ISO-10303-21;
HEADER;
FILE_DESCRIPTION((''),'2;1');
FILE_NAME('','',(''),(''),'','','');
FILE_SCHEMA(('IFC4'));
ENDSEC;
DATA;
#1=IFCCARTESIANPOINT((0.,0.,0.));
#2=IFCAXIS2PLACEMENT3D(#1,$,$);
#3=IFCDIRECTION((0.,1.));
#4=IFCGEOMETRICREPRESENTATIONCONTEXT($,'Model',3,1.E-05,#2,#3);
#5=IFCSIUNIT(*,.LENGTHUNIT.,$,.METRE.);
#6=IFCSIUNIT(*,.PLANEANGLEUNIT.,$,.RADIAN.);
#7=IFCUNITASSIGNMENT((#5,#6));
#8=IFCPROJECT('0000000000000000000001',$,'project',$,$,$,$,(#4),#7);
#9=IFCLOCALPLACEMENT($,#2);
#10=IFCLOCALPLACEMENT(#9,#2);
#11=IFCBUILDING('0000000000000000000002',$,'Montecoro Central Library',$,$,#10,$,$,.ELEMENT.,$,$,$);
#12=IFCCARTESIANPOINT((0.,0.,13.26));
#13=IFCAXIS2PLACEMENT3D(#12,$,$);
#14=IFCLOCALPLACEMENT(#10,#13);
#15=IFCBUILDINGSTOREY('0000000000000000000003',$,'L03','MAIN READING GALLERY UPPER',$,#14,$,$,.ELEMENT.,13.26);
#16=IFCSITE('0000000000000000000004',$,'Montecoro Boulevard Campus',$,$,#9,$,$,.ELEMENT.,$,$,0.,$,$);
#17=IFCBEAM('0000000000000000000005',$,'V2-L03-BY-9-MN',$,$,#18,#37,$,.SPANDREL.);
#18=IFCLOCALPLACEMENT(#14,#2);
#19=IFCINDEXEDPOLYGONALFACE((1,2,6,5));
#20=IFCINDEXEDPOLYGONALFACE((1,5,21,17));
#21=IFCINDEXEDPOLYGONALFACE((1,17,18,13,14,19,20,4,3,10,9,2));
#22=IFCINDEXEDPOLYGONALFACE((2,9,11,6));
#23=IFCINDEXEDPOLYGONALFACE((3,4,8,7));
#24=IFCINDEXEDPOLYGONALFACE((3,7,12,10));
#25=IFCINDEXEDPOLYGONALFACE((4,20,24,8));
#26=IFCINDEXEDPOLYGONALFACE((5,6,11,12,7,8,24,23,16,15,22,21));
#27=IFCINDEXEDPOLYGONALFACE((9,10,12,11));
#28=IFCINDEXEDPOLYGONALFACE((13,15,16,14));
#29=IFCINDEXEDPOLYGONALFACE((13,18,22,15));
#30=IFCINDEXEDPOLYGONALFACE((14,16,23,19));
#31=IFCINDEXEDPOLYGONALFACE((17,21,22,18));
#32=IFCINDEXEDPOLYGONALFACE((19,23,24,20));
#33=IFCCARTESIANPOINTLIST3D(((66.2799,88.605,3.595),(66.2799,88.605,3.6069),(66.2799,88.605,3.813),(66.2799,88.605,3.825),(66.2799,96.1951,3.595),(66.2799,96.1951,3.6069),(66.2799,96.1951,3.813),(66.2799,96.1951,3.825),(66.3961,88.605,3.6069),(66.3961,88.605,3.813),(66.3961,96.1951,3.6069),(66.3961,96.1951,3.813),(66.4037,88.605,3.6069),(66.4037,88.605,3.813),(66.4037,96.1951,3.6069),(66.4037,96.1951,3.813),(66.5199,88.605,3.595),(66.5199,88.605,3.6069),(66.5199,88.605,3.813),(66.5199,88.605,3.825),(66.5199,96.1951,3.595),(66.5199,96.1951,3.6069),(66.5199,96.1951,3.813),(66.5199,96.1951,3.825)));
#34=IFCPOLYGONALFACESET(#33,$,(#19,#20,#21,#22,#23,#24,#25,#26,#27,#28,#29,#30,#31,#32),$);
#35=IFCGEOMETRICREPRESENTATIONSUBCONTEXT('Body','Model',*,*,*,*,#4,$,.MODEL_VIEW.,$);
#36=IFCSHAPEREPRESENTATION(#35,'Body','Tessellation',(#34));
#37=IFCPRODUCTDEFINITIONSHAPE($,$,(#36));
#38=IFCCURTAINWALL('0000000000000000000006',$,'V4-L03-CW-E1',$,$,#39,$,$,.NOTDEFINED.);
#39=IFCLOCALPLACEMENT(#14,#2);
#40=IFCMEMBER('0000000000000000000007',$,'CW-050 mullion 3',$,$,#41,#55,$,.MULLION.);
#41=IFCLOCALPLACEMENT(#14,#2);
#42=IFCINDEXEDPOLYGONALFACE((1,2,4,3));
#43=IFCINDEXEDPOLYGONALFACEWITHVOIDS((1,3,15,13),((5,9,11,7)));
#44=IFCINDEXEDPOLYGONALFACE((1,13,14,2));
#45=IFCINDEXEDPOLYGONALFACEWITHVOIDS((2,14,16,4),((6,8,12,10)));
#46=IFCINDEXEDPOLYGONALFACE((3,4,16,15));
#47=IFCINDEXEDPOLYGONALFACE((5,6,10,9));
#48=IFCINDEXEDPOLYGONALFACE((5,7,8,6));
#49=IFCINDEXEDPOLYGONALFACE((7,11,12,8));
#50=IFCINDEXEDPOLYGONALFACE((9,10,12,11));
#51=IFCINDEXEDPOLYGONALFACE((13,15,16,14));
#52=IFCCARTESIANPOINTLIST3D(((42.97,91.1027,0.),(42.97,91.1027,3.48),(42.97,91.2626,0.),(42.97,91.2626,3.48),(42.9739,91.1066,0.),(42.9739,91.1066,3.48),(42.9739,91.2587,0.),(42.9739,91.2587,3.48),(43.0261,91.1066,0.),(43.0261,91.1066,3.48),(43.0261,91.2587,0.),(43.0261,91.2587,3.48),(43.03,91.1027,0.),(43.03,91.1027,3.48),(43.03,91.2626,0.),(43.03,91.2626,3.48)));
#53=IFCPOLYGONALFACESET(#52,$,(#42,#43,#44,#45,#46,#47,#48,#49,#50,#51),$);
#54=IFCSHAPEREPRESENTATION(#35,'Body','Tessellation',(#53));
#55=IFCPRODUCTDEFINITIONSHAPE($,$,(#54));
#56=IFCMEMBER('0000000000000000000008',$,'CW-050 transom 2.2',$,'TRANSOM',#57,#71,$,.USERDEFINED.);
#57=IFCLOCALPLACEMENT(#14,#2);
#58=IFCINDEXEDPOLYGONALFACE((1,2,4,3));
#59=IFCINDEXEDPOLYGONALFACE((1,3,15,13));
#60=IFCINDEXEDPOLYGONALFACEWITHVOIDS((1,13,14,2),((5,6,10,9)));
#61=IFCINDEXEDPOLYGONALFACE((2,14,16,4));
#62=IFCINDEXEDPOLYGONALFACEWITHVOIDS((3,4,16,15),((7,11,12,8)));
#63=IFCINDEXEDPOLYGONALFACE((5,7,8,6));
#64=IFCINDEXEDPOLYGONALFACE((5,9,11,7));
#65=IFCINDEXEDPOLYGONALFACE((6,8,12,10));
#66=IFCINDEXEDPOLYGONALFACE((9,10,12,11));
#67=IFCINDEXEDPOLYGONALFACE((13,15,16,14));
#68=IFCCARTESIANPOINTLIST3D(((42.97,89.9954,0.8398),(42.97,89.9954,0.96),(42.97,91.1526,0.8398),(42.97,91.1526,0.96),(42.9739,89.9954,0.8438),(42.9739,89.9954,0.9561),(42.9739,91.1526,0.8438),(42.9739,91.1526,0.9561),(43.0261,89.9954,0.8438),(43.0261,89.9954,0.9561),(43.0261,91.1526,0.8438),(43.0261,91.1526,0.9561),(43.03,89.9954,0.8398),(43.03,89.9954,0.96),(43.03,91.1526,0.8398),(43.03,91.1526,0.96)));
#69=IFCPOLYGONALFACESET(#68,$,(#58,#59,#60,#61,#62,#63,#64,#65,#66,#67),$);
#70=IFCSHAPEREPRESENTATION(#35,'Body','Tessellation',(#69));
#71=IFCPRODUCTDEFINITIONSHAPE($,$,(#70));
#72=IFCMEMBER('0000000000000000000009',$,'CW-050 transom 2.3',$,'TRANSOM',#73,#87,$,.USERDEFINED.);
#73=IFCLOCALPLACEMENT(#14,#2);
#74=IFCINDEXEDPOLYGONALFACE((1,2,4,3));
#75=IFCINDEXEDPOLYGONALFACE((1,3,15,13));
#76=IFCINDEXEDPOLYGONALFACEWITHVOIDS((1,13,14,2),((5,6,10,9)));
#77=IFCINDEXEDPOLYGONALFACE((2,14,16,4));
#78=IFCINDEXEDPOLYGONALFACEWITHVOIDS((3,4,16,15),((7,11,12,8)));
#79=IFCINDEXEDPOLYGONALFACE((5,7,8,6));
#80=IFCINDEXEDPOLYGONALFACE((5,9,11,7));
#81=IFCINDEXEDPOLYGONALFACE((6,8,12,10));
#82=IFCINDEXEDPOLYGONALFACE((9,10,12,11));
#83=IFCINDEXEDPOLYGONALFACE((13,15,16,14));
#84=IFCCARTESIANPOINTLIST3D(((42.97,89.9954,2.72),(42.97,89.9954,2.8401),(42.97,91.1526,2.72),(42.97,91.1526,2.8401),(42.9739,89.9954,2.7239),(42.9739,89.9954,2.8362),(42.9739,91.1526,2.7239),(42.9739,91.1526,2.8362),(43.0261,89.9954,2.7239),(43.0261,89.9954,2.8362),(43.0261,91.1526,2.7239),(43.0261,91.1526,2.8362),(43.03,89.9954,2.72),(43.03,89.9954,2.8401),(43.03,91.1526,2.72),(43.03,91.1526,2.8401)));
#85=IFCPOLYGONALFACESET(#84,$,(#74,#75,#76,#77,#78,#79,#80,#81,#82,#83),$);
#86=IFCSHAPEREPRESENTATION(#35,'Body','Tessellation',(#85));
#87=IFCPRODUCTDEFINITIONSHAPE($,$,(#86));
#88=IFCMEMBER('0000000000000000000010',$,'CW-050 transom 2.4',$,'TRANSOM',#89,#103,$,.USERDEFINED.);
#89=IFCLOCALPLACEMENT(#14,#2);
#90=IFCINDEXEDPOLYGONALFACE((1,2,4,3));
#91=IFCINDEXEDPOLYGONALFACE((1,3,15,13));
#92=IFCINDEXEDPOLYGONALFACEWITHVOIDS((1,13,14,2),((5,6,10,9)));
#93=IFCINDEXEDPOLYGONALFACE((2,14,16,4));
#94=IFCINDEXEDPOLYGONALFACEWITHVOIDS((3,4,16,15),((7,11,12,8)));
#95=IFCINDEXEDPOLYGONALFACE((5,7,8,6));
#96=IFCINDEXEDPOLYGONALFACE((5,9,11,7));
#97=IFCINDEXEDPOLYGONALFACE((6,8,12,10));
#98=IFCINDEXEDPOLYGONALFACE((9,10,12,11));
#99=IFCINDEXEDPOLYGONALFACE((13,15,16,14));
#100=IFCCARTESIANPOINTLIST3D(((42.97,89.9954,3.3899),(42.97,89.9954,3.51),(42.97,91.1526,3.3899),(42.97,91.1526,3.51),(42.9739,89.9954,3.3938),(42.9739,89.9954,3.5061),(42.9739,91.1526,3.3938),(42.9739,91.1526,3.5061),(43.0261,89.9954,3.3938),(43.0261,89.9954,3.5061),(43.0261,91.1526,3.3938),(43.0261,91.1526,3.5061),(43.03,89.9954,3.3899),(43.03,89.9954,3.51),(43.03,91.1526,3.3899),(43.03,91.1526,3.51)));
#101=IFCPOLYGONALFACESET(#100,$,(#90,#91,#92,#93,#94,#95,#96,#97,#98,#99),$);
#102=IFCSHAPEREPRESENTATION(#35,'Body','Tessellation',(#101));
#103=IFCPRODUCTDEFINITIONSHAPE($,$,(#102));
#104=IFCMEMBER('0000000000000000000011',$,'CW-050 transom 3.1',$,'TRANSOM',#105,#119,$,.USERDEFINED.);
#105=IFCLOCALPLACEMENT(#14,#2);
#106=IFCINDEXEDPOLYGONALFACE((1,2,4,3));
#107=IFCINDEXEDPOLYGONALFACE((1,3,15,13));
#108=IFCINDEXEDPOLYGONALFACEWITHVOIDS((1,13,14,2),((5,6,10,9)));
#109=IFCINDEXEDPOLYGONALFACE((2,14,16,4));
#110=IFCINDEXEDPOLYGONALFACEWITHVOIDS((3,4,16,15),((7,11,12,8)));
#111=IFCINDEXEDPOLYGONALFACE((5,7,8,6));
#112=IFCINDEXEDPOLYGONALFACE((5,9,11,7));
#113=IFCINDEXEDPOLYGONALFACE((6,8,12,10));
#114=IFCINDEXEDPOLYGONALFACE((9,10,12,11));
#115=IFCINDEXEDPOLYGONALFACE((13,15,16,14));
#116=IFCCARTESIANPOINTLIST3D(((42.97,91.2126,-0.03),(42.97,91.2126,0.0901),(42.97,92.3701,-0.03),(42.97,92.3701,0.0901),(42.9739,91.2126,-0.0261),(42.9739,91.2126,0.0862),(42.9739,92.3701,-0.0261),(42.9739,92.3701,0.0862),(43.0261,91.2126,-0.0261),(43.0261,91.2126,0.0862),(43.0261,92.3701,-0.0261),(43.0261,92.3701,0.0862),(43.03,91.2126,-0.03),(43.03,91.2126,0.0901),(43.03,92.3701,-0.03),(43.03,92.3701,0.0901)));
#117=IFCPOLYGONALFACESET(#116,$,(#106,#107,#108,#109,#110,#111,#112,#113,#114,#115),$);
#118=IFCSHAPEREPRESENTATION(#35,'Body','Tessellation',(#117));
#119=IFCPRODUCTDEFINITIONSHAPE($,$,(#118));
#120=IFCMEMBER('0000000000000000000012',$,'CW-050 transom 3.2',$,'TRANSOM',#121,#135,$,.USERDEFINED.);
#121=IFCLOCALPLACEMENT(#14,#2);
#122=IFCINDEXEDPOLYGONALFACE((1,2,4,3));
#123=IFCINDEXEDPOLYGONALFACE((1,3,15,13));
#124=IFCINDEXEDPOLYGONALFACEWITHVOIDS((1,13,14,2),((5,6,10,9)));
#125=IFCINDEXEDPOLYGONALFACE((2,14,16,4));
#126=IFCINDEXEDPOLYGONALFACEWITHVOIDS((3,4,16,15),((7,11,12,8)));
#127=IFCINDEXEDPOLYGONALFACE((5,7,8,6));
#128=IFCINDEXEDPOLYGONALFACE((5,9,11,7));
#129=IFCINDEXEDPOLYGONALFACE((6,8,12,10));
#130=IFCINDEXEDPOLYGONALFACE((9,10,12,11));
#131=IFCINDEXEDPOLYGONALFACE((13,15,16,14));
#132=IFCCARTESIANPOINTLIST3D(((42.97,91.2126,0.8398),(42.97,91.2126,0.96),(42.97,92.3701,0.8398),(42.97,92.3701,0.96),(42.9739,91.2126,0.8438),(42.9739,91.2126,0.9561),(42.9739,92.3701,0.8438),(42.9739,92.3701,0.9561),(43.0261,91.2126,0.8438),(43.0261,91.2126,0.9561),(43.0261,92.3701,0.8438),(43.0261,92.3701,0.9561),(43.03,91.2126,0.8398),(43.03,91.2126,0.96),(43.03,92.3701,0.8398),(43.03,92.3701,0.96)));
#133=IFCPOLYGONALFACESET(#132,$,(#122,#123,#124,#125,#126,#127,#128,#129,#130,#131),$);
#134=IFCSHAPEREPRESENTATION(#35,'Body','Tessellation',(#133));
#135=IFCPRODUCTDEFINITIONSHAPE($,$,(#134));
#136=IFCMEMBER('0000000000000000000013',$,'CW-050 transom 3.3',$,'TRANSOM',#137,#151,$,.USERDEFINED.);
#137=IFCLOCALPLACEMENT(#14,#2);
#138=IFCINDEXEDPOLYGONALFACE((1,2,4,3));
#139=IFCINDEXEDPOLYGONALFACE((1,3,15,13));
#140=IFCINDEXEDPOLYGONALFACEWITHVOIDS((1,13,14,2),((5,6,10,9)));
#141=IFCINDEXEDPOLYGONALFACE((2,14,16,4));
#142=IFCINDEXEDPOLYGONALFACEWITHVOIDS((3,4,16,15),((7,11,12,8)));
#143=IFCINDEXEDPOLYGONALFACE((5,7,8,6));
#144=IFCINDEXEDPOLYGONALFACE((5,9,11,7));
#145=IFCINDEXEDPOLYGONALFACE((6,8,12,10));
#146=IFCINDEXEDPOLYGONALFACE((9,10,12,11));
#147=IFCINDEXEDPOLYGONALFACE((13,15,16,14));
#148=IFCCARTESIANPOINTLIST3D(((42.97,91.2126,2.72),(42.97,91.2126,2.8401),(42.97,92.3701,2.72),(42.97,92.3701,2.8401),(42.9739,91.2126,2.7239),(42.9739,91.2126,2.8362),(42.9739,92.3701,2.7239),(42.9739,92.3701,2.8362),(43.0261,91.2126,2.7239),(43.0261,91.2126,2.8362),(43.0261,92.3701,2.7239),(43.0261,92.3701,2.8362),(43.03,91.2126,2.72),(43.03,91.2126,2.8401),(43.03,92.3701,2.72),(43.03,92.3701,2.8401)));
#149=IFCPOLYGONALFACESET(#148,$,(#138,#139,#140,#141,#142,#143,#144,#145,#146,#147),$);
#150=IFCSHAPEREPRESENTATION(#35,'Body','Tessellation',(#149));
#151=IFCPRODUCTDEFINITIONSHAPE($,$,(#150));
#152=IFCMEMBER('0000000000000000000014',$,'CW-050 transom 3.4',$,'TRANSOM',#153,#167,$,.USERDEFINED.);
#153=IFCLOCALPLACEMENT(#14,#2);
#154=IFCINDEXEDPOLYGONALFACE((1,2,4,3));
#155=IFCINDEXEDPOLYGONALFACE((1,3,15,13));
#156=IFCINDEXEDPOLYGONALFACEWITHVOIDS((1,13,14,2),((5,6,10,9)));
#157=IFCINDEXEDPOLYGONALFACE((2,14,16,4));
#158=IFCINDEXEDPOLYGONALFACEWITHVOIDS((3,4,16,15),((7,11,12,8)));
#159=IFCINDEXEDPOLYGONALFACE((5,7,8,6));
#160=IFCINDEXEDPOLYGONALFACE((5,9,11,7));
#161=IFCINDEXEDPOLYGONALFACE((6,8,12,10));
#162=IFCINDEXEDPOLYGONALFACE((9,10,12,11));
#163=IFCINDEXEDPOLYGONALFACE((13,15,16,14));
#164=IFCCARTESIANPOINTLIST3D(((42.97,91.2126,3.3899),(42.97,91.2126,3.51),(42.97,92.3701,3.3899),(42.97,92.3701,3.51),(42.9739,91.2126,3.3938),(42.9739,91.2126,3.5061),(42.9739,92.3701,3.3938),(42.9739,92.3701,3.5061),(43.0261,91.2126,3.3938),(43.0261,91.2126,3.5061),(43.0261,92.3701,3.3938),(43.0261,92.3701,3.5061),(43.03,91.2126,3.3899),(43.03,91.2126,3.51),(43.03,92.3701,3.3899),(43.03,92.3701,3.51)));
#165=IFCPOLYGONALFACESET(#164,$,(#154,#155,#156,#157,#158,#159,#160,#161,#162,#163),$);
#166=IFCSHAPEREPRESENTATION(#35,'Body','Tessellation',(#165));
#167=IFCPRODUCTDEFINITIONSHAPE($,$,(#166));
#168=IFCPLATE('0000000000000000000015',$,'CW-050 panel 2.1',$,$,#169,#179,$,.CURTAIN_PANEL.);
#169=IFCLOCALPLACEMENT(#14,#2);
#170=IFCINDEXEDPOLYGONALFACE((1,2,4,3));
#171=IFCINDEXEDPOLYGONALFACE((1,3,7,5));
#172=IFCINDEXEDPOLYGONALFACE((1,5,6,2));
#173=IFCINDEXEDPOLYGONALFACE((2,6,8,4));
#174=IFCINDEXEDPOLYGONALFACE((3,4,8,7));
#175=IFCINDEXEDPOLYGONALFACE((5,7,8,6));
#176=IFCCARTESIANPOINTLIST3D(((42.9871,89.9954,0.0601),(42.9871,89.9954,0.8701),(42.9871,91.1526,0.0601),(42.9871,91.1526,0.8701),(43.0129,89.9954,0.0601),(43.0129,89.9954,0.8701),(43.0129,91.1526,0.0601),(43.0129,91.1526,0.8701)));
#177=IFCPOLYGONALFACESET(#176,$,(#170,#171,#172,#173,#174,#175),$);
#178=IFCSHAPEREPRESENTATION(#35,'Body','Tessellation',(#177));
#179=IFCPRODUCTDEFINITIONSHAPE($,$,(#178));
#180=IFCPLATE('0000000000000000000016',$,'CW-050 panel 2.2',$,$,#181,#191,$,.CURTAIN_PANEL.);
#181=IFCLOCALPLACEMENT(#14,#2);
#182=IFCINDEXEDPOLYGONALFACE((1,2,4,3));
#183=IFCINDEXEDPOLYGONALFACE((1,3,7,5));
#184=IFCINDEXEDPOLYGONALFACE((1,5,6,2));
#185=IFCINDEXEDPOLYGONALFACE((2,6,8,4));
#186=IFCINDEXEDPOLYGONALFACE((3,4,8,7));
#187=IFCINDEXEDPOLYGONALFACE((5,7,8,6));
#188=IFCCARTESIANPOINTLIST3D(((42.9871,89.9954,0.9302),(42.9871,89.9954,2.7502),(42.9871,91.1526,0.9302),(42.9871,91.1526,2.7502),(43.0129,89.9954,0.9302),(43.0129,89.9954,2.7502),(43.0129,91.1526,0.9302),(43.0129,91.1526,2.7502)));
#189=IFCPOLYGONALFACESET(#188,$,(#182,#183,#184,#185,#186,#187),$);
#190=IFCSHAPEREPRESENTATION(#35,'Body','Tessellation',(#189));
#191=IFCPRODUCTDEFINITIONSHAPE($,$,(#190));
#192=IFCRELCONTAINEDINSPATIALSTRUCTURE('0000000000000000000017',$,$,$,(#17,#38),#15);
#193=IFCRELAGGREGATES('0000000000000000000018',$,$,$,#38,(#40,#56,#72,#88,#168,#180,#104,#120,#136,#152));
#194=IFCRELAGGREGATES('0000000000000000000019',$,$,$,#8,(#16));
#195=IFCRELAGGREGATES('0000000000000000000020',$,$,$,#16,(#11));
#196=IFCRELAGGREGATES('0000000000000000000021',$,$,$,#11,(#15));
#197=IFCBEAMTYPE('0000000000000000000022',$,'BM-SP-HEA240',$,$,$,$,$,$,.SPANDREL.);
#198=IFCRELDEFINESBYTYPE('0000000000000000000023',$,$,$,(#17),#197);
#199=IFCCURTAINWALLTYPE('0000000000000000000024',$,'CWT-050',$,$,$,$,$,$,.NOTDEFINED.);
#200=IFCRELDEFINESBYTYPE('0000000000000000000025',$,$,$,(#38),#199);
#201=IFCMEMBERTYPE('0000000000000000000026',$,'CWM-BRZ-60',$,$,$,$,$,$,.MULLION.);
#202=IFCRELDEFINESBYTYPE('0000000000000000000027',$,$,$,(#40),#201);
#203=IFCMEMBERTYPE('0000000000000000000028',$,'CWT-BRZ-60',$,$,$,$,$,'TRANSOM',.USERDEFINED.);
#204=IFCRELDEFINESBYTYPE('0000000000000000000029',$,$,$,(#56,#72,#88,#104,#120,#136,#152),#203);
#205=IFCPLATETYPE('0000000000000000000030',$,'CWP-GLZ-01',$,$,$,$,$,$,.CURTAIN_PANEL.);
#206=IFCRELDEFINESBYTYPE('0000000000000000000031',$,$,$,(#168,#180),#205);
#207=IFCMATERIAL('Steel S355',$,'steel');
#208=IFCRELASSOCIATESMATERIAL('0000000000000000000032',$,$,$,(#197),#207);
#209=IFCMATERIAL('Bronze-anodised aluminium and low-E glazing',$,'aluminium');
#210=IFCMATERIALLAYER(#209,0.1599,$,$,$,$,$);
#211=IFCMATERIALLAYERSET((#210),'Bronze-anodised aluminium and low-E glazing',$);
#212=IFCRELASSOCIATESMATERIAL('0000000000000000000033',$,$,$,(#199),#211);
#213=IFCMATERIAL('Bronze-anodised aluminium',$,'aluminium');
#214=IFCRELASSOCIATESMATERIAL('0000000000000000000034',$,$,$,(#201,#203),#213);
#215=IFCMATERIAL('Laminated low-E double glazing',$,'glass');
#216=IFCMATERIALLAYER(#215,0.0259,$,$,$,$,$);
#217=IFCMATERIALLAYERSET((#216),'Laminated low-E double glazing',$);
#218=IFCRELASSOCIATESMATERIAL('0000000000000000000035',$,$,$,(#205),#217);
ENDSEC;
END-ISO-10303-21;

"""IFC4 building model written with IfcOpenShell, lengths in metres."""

from ifc_helpers import new_model, si_unit, direction, frame, origin, origin_2d, place, context, subcontext, project, spatial, rectangle, hollow_rectangle, i_section, extrude, material, layer, layer_set, material_profile, profile_set, type_object, element, aggregate, save


model = new_model("IFC4")

# Units and contexts
model_context = context("Model", 3, precision=1e-05, world=origin(), true_north=direction((0.0, 1.0)))
body_context = subcontext(model_context, "Body", "Model", "MODEL_VIEW")
ifc_project = project(units=[si_unit("LENGTHUNIT", "METRE"), si_unit("PLANEANGLEUNIT", "RADIAN")], contexts=[model_context])

# Site, building, storey
site_placement = place(None, origin())
site = spatial("IfcSite", under=ifc_project, at=site_placement, Name="Montecoro Boulevard Campus", CompositionType="ELEMENT", RefElevation=0.0)
building_placement = place(site_placement, origin())
building = spatial("IfcBuilding", under=site, at=building_placement, Name="Montecoro Central Library", CompositionType="ELEMENT")
storey_placement = place(building_placement, frame((0.0, 0.0, 13.26)))
storey = spatial("IfcBuildingStorey", under=building, at=storey_placement, Name="L03", Description="MAIN READING GALLERY UPPER", CompositionType="ELEMENT", Elevation=13.26)

# Shared definitions
ifc_material_1 = material(Name="Steel S355", Category="steel")

# Beam
ifc_material_profile_1 = material_profile(ifc_material_1, i_section(OverallWidth=0.24, OverallDepth=0.23, WebThickness=0.0076, FlangeThickness=0.012, at=origin_2d()), Name="HEA 240")
ifc_profile_set_1 = profile_set([ifc_material_profile_1], Name="Steel S355")
beam_type_1 = type_object("IfcBeamType", Name="BM-SP-HEA240", PredefinedType="SPANDREL", material=ifc_profile_set_1)
beam_1_placement = place(storey_placement, frame((66.3999, 88.605, 3.71), z_axis=(0.0, 1.0, 0.0), x_axis=(-1.0, 0.0, 0.0)))
element("IfcBeam", 1, at=beam_1_placement, inside=storey, type_object=beam_type_1, Name="V2-L03-BY-9-MN", PredefinedType="SPANDREL", context=body_context, shape_type="SweptSolid", body=[
    extrude(i_section(OverallWidth=0.24, OverallDepth=0.23, WebThickness=0.0076, FlangeThickness=0.012, at=origin_2d()), origin(), (0.0, 0.0, 1.0), 7.5901),
])

# Curtain wall, members, plates
ifc_material_2 = material(Name="Bronze-anodised aluminium and low-E glazing", Category="aluminium")
ifc_layer_1 = layer(ifc_material_2, 0.1599)
ifc_layer_set_1 = layer_set([ifc_layer_1], Name="Bronze-anodised aluminium and low-E glazing")
curtain_wall_type = type_object("IfcCurtainWallType", Name="CWT-050", PredefinedType="NOTDEFINED", material=ifc_layer_set_1)
curtain_wall_placement = place(storey_placement, origin())
curtain_wall = element("IfcCurtainWall", 2, at=curtain_wall_placement, inside=storey, type_object=curtain_wall_type, Name="V4-L03-CW-E1", PredefinedType="NOTDEFINED")
ifc_material_3 = material(Name="Bronze-anodised aluminium", Category="aluminium")
ifc_material_profile_2 = material_profile(ifc_material_3, hollow_rectangle(XDim=0.0601, YDim=0.1599, WallThickness=0.0039, at=origin_2d()), Name="CWM 160x60x4.0")
ifc_profile_set_2 = profile_set([ifc_material_profile_2], Name="Bronze-anodised aluminium")
member_type_1 = type_object("IfcMemberType", Name="CWM-BRZ-60", PredefinedType="MULLION", material=ifc_profile_set_2)
member_1_placement = place(storey_placement, frame((43.0, 91.1826, 0.0), z_axis=(0.0, 0.0, 1.0), x_axis=(-1.0, 0.0, 0.0)))
member_1 = element("IfcMember", 3, at=member_1_placement, type_object=member_type_1, Name="CW-050 mullion 3", PredefinedType="MULLION", context=body_context, shape_type="SweptSolid", body=[
    extrude(hollow_rectangle(XDim=0.0601, YDim=0.1599, WallThickness=0.0039, at=origin_2d()), origin(), (0.0, 0.0, 1.0), 3.48),
])
ifc_material_profile_3 = material_profile(ifc_material_3, hollow_rectangle(XDim=0.0601, YDim=0.1201, WallThickness=0.0039, at=origin_2d()), Name="CWT 120x60x4.0")
ifc_profile_set_3 = profile_set([ifc_material_profile_3], Name="Bronze-anodised aluminium")
member_type_2 = type_object("IfcMemberType", Name="CWT-BRZ-60", ElementType="TRANSOM", PredefinedType="USERDEFINED", material=ifc_profile_set_3)
member_2_placement = place(storey_placement, frame((43.0, 89.9954, 0.8999), z_axis=(0.0, 1.0, 0.0), x_axis=(-1.0, 0.0, 0.0)))
member_2 = element("IfcMember", 4, at=member_2_placement, type_object=member_type_2, Name="CW-050 transom 2.2", ObjectType="TRANSOM", PredefinedType="USERDEFINED", context=body_context, shape_type="SweptSolid", body=[
    extrude(hollow_rectangle(XDim=0.0601, YDim=0.1201, WallThickness=0.0039, at=origin_2d()), origin(), (0.0, 0.0, 1.0), 1.1572),
])
member_3_placement = place(storey_placement, frame((43.0, 89.9954, 2.78), z_axis=(0.0, 1.0, 0.0), x_axis=(-1.0, 0.0, 0.0)))
member_3 = element("IfcMember", 5, at=member_3_placement, type_object=member_type_2, Name="CW-050 transom 2.3", ObjectType="TRANSOM", PredefinedType="USERDEFINED", context=body_context, shape_type="SweptSolid", body=[
    extrude(hollow_rectangle(XDim=0.0601, YDim=0.1201, WallThickness=0.0039, at=origin_2d()), origin(), (0.0, 0.0, 1.0), 1.1572),
])
member_4_placement = place(storey_placement, frame((43.0, 89.9954, 3.45), z_axis=(0.0, 1.0, 0.0), x_axis=(-1.0, 0.0, 0.0)))
member_4 = element("IfcMember", 6, at=member_4_placement, type_object=member_type_2, Name="CW-050 transom 2.4", ObjectType="TRANSOM", PredefinedType="USERDEFINED", context=body_context, shape_type="SweptSolid", body=[
    extrude(hollow_rectangle(XDim=0.0601, YDim=0.1201, WallThickness=0.0039, at=origin_2d()), origin(), (0.0, 0.0, 1.0), 1.1572),
])
member_5_placement = place(storey_placement, frame((43.0, 91.2126, 0.03), z_axis=(0.0, 1.0, 0.0), x_axis=(-1.0, 0.0, 0.0)))
member_5 = element("IfcMember", 7, at=member_5_placement, type_object=member_type_2, Name="CW-050 transom 3.1", ObjectType="TRANSOM", PredefinedType="USERDEFINED", context=body_context, shape_type="SweptSolid", body=[
    extrude(hollow_rectangle(XDim=0.0601, YDim=0.1201, WallThickness=0.0039, at=origin_2d()), origin(), (0.0, 0.0, 1.0), 1.1575),
])
member_6_placement = place(storey_placement, frame((43.0, 91.2126, 0.8999), z_axis=(0.0, 1.0, 0.0), x_axis=(-1.0, 0.0, 0.0)))
member_6 = element("IfcMember", 8, at=member_6_placement, type_object=member_type_2, Name="CW-050 transom 3.2", ObjectType="TRANSOM", PredefinedType="USERDEFINED", context=body_context, shape_type="SweptSolid", body=[
    extrude(hollow_rectangle(XDim=0.0601, YDim=0.1201, WallThickness=0.0039, at=origin_2d()), origin(), (0.0, 0.0, 1.0), 1.1575),
])
member_7_placement = place(storey_placement, frame((43.0, 91.2126, 2.78), z_axis=(0.0, 1.0, 0.0), x_axis=(-1.0, 0.0, 0.0)))
member_7 = element("IfcMember", 9, at=member_7_placement, type_object=member_type_2, Name="CW-050 transom 3.3", ObjectType="TRANSOM", PredefinedType="USERDEFINED", context=body_context, shape_type="SweptSolid", body=[
    extrude(hollow_rectangle(XDim=0.0601, YDim=0.1201, WallThickness=0.0039, at=origin_2d()), origin(), (0.0, 0.0, 1.0), 1.1575),
])
member_8_placement = place(storey_placement, frame((43.0, 91.2126, 3.45), z_axis=(0.0, 1.0, 0.0), x_axis=(-1.0, 0.0, 0.0)))
member_8 = element("IfcMember", 10, at=member_8_placement, type_object=member_type_2, Name="CW-050 transom 3.4", ObjectType="TRANSOM", PredefinedType="USERDEFINED", context=body_context, shape_type="SweptSolid", body=[
    extrude(hollow_rectangle(XDim=0.0601, YDim=0.1201, WallThickness=0.0039, at=origin_2d()), origin(), (0.0, 0.0, 1.0), 1.1575),
])
ifc_material_4 = material(Name="Laminated low-E double glazing", Category="glass")
ifc_layer_2 = layer(ifc_material_4, 0.0259)
ifc_layer_set_2 = layer_set([ifc_layer_2], Name="Laminated low-E double glazing")
plate_type_1 = type_object("IfcPlateType", Name="CWP-GLZ-01", PredefinedType="CURTAIN_PANEL", material=ifc_layer_set_2)
plate_1_placement = place(storey_placement, frame((43.0, 90.574, 0.0601), z_axis=(0.0, 0.0, 1.0), x_axis=(0.0, 1.0, 0.0)))
plate_1 = element("IfcPlate", 11, at=plate_1_placement, type_object=plate_type_1, Name="CW-050 panel 2.1", PredefinedType="CURTAIN_PANEL", context=body_context, shape_type="SweptSolid", body=[
    extrude(rectangle(XDim=1.1572, YDim=0.0259, at=origin_2d()), origin(), (0.0, 0.0, 1.0), 0.8101),
])
plate_2_placement = place(storey_placement, frame((43.0, 90.574, 0.9302), z_axis=(0.0, 0.0, 1.0), x_axis=(0.0, 1.0, 0.0)))
plate_2 = element("IfcPlate", 12, at=plate_2_placement, type_object=plate_type_1, Name="CW-050 panel 2.2", PredefinedType="CURTAIN_PANEL", context=body_context, shape_type="SweptSolid", body=[
    extrude(rectangle(XDim=1.1572, YDim=0.0259, at=origin_2d()), origin(), (0.0, 0.0, 1.0), 1.8201),
])
aggregate(curtain_wall, [member_1, member_2, member_3, member_4, plate_1, plate_2, member_5, member_6, member_7, member_8])

save(model, "model.ifc")
